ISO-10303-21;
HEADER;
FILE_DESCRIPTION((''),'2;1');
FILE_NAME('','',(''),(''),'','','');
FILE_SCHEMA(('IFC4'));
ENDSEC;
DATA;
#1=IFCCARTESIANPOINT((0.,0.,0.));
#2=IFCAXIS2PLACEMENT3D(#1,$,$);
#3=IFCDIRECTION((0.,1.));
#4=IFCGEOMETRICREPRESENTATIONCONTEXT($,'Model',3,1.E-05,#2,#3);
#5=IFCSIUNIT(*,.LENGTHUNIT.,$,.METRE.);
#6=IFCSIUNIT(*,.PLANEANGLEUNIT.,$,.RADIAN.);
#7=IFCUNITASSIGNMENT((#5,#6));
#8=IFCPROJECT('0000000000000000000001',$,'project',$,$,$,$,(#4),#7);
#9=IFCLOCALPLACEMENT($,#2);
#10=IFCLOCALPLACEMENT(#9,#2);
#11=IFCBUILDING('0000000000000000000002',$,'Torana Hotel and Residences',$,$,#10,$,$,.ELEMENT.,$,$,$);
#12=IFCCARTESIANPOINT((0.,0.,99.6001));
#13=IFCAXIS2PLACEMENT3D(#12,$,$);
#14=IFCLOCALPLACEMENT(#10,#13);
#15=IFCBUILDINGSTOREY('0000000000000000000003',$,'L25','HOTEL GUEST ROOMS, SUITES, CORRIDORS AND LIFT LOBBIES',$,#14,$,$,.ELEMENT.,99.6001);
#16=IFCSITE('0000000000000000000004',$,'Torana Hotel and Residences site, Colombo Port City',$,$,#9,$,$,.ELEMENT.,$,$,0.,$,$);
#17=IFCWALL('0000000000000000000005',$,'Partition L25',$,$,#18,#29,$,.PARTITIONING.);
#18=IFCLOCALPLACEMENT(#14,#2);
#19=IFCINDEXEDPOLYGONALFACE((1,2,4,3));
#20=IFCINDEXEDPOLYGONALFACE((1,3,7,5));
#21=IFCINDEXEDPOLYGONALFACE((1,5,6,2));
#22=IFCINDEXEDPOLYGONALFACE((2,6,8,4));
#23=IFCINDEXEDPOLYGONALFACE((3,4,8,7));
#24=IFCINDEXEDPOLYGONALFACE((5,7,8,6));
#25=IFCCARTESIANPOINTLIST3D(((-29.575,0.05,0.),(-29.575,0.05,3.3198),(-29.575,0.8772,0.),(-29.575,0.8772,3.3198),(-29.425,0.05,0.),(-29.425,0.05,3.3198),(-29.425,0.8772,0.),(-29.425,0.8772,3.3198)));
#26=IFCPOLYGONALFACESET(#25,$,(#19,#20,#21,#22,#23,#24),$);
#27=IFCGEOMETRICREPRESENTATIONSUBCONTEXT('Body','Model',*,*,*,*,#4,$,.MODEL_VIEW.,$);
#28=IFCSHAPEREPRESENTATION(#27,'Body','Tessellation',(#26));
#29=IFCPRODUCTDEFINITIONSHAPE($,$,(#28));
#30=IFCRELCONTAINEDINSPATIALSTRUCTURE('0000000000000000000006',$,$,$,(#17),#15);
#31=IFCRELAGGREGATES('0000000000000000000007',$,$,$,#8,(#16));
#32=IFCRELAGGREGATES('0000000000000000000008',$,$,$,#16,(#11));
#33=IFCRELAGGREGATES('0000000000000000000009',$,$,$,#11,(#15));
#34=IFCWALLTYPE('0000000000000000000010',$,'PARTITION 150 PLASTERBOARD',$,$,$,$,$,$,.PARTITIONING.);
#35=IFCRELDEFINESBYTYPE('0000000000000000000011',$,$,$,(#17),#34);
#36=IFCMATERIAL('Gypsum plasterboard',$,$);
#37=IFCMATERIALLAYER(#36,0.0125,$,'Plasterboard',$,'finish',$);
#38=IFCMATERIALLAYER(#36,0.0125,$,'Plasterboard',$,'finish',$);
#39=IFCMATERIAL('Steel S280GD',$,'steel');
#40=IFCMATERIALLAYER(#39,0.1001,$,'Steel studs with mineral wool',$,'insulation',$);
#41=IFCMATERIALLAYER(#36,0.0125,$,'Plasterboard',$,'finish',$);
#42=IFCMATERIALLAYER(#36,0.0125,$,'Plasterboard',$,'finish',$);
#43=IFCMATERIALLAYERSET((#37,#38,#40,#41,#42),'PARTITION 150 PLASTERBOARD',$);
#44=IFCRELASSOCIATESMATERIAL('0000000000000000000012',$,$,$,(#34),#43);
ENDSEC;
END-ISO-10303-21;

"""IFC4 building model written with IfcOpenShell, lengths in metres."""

from ifc_helpers import new_model, si_unit, direction, frame, frame_2d, origin, place, context, subcontext, project, spatial, rectangle, extrude, material, layer, layer_set, type_object, element, save


model = new_model("IFC4")

# Units and contexts
model_context = context("Model", 3, precision=1e-05, world=origin(), true_north=direction((0.0, 1.0)))
body_context = subcontext(model_context, "Body", "Model", "MODEL_VIEW")
ifc_project = project(units=[si_unit("LENGTHUNIT", "METRE"), si_unit("PLANEANGLEUNIT", "RADIAN")], contexts=[model_context])

# Site, building, storey
site_placement = place(None, origin())
site = spatial("IfcSite", under=ifc_project, at=site_placement, Name="Torana Hotel and Residences site, Colombo Port City", CompositionType="ELEMENT", RefElevation=0.0)
building_placement = place(site_placement, origin())
building = spatial("IfcBuilding", under=site, at=building_placement, Name="Torana Hotel and Residences", CompositionType="ELEMENT")
storey_placement = place(building_placement, frame((0.0, 0.0, 99.6001)))
storey = spatial("IfcBuildingStorey", under=building, at=storey_placement, Name="L25", Description="HOTEL GUEST ROOMS, SUITES, CORRIDORS AND LIFT LOBBIES", CompositionType="ELEMENT", Elevation=99.6001)

# Shared definitions
ifc_material_1 = material(Name="Steel S280GD", Category="steel")

# Wall
ifc_material_2 = material(Name="Gypsum plasterboard")
ifc_layer_1 = layer(ifc_material_2, 0.0125, Name="Plasterboard", Category="finish")
ifc_layer_2 = layer(ifc_material_2, 0.0125, Name="Plasterboard", Category="finish")
ifc_layer_3 = layer(ifc_material_1, 0.1001, Name="Steel studs with mineral wool", Category="insulation")
ifc_layer_4 = layer(ifc_material_2, 0.0125, Name="Plasterboard", Category="finish")
ifc_layer_5 = layer(ifc_material_2, 0.0125, Name="Plasterboard", Category="finish")
ifc_layer_set_1 = layer_set([ifc_layer_1, ifc_layer_2, ifc_layer_3, ifc_layer_4, ifc_layer_5], Name="PARTITION 150 PLASTERBOARD")
wall_type_1 = type_object("IfcWallType", Name="PARTITION 150 PLASTERBOARD", PredefinedType="PARTITIONING", material=ifc_layer_set_1)
wall_1_placement = place(storey_placement, frame((-29.5, 0.05, 0.0), z_axis=(0.0, 0.0, 1.0), x_axis=(0.0, 1.0, 0.0)))
element("IfcWall", 1, at=wall_1_placement, inside=storey, type_object=wall_type_1, Name="Partition L25", PredefinedType="PARTITIONING", context=body_context, shape_type="SweptSolid", body=[
    extrude(rectangle(XDim=0.8271, YDim=0.1499, at=frame_2d((0.4136, 0.0))), origin(), (0.0, 0.0, 1.0), 3.3198),
])

save(model, "model.ifc")
